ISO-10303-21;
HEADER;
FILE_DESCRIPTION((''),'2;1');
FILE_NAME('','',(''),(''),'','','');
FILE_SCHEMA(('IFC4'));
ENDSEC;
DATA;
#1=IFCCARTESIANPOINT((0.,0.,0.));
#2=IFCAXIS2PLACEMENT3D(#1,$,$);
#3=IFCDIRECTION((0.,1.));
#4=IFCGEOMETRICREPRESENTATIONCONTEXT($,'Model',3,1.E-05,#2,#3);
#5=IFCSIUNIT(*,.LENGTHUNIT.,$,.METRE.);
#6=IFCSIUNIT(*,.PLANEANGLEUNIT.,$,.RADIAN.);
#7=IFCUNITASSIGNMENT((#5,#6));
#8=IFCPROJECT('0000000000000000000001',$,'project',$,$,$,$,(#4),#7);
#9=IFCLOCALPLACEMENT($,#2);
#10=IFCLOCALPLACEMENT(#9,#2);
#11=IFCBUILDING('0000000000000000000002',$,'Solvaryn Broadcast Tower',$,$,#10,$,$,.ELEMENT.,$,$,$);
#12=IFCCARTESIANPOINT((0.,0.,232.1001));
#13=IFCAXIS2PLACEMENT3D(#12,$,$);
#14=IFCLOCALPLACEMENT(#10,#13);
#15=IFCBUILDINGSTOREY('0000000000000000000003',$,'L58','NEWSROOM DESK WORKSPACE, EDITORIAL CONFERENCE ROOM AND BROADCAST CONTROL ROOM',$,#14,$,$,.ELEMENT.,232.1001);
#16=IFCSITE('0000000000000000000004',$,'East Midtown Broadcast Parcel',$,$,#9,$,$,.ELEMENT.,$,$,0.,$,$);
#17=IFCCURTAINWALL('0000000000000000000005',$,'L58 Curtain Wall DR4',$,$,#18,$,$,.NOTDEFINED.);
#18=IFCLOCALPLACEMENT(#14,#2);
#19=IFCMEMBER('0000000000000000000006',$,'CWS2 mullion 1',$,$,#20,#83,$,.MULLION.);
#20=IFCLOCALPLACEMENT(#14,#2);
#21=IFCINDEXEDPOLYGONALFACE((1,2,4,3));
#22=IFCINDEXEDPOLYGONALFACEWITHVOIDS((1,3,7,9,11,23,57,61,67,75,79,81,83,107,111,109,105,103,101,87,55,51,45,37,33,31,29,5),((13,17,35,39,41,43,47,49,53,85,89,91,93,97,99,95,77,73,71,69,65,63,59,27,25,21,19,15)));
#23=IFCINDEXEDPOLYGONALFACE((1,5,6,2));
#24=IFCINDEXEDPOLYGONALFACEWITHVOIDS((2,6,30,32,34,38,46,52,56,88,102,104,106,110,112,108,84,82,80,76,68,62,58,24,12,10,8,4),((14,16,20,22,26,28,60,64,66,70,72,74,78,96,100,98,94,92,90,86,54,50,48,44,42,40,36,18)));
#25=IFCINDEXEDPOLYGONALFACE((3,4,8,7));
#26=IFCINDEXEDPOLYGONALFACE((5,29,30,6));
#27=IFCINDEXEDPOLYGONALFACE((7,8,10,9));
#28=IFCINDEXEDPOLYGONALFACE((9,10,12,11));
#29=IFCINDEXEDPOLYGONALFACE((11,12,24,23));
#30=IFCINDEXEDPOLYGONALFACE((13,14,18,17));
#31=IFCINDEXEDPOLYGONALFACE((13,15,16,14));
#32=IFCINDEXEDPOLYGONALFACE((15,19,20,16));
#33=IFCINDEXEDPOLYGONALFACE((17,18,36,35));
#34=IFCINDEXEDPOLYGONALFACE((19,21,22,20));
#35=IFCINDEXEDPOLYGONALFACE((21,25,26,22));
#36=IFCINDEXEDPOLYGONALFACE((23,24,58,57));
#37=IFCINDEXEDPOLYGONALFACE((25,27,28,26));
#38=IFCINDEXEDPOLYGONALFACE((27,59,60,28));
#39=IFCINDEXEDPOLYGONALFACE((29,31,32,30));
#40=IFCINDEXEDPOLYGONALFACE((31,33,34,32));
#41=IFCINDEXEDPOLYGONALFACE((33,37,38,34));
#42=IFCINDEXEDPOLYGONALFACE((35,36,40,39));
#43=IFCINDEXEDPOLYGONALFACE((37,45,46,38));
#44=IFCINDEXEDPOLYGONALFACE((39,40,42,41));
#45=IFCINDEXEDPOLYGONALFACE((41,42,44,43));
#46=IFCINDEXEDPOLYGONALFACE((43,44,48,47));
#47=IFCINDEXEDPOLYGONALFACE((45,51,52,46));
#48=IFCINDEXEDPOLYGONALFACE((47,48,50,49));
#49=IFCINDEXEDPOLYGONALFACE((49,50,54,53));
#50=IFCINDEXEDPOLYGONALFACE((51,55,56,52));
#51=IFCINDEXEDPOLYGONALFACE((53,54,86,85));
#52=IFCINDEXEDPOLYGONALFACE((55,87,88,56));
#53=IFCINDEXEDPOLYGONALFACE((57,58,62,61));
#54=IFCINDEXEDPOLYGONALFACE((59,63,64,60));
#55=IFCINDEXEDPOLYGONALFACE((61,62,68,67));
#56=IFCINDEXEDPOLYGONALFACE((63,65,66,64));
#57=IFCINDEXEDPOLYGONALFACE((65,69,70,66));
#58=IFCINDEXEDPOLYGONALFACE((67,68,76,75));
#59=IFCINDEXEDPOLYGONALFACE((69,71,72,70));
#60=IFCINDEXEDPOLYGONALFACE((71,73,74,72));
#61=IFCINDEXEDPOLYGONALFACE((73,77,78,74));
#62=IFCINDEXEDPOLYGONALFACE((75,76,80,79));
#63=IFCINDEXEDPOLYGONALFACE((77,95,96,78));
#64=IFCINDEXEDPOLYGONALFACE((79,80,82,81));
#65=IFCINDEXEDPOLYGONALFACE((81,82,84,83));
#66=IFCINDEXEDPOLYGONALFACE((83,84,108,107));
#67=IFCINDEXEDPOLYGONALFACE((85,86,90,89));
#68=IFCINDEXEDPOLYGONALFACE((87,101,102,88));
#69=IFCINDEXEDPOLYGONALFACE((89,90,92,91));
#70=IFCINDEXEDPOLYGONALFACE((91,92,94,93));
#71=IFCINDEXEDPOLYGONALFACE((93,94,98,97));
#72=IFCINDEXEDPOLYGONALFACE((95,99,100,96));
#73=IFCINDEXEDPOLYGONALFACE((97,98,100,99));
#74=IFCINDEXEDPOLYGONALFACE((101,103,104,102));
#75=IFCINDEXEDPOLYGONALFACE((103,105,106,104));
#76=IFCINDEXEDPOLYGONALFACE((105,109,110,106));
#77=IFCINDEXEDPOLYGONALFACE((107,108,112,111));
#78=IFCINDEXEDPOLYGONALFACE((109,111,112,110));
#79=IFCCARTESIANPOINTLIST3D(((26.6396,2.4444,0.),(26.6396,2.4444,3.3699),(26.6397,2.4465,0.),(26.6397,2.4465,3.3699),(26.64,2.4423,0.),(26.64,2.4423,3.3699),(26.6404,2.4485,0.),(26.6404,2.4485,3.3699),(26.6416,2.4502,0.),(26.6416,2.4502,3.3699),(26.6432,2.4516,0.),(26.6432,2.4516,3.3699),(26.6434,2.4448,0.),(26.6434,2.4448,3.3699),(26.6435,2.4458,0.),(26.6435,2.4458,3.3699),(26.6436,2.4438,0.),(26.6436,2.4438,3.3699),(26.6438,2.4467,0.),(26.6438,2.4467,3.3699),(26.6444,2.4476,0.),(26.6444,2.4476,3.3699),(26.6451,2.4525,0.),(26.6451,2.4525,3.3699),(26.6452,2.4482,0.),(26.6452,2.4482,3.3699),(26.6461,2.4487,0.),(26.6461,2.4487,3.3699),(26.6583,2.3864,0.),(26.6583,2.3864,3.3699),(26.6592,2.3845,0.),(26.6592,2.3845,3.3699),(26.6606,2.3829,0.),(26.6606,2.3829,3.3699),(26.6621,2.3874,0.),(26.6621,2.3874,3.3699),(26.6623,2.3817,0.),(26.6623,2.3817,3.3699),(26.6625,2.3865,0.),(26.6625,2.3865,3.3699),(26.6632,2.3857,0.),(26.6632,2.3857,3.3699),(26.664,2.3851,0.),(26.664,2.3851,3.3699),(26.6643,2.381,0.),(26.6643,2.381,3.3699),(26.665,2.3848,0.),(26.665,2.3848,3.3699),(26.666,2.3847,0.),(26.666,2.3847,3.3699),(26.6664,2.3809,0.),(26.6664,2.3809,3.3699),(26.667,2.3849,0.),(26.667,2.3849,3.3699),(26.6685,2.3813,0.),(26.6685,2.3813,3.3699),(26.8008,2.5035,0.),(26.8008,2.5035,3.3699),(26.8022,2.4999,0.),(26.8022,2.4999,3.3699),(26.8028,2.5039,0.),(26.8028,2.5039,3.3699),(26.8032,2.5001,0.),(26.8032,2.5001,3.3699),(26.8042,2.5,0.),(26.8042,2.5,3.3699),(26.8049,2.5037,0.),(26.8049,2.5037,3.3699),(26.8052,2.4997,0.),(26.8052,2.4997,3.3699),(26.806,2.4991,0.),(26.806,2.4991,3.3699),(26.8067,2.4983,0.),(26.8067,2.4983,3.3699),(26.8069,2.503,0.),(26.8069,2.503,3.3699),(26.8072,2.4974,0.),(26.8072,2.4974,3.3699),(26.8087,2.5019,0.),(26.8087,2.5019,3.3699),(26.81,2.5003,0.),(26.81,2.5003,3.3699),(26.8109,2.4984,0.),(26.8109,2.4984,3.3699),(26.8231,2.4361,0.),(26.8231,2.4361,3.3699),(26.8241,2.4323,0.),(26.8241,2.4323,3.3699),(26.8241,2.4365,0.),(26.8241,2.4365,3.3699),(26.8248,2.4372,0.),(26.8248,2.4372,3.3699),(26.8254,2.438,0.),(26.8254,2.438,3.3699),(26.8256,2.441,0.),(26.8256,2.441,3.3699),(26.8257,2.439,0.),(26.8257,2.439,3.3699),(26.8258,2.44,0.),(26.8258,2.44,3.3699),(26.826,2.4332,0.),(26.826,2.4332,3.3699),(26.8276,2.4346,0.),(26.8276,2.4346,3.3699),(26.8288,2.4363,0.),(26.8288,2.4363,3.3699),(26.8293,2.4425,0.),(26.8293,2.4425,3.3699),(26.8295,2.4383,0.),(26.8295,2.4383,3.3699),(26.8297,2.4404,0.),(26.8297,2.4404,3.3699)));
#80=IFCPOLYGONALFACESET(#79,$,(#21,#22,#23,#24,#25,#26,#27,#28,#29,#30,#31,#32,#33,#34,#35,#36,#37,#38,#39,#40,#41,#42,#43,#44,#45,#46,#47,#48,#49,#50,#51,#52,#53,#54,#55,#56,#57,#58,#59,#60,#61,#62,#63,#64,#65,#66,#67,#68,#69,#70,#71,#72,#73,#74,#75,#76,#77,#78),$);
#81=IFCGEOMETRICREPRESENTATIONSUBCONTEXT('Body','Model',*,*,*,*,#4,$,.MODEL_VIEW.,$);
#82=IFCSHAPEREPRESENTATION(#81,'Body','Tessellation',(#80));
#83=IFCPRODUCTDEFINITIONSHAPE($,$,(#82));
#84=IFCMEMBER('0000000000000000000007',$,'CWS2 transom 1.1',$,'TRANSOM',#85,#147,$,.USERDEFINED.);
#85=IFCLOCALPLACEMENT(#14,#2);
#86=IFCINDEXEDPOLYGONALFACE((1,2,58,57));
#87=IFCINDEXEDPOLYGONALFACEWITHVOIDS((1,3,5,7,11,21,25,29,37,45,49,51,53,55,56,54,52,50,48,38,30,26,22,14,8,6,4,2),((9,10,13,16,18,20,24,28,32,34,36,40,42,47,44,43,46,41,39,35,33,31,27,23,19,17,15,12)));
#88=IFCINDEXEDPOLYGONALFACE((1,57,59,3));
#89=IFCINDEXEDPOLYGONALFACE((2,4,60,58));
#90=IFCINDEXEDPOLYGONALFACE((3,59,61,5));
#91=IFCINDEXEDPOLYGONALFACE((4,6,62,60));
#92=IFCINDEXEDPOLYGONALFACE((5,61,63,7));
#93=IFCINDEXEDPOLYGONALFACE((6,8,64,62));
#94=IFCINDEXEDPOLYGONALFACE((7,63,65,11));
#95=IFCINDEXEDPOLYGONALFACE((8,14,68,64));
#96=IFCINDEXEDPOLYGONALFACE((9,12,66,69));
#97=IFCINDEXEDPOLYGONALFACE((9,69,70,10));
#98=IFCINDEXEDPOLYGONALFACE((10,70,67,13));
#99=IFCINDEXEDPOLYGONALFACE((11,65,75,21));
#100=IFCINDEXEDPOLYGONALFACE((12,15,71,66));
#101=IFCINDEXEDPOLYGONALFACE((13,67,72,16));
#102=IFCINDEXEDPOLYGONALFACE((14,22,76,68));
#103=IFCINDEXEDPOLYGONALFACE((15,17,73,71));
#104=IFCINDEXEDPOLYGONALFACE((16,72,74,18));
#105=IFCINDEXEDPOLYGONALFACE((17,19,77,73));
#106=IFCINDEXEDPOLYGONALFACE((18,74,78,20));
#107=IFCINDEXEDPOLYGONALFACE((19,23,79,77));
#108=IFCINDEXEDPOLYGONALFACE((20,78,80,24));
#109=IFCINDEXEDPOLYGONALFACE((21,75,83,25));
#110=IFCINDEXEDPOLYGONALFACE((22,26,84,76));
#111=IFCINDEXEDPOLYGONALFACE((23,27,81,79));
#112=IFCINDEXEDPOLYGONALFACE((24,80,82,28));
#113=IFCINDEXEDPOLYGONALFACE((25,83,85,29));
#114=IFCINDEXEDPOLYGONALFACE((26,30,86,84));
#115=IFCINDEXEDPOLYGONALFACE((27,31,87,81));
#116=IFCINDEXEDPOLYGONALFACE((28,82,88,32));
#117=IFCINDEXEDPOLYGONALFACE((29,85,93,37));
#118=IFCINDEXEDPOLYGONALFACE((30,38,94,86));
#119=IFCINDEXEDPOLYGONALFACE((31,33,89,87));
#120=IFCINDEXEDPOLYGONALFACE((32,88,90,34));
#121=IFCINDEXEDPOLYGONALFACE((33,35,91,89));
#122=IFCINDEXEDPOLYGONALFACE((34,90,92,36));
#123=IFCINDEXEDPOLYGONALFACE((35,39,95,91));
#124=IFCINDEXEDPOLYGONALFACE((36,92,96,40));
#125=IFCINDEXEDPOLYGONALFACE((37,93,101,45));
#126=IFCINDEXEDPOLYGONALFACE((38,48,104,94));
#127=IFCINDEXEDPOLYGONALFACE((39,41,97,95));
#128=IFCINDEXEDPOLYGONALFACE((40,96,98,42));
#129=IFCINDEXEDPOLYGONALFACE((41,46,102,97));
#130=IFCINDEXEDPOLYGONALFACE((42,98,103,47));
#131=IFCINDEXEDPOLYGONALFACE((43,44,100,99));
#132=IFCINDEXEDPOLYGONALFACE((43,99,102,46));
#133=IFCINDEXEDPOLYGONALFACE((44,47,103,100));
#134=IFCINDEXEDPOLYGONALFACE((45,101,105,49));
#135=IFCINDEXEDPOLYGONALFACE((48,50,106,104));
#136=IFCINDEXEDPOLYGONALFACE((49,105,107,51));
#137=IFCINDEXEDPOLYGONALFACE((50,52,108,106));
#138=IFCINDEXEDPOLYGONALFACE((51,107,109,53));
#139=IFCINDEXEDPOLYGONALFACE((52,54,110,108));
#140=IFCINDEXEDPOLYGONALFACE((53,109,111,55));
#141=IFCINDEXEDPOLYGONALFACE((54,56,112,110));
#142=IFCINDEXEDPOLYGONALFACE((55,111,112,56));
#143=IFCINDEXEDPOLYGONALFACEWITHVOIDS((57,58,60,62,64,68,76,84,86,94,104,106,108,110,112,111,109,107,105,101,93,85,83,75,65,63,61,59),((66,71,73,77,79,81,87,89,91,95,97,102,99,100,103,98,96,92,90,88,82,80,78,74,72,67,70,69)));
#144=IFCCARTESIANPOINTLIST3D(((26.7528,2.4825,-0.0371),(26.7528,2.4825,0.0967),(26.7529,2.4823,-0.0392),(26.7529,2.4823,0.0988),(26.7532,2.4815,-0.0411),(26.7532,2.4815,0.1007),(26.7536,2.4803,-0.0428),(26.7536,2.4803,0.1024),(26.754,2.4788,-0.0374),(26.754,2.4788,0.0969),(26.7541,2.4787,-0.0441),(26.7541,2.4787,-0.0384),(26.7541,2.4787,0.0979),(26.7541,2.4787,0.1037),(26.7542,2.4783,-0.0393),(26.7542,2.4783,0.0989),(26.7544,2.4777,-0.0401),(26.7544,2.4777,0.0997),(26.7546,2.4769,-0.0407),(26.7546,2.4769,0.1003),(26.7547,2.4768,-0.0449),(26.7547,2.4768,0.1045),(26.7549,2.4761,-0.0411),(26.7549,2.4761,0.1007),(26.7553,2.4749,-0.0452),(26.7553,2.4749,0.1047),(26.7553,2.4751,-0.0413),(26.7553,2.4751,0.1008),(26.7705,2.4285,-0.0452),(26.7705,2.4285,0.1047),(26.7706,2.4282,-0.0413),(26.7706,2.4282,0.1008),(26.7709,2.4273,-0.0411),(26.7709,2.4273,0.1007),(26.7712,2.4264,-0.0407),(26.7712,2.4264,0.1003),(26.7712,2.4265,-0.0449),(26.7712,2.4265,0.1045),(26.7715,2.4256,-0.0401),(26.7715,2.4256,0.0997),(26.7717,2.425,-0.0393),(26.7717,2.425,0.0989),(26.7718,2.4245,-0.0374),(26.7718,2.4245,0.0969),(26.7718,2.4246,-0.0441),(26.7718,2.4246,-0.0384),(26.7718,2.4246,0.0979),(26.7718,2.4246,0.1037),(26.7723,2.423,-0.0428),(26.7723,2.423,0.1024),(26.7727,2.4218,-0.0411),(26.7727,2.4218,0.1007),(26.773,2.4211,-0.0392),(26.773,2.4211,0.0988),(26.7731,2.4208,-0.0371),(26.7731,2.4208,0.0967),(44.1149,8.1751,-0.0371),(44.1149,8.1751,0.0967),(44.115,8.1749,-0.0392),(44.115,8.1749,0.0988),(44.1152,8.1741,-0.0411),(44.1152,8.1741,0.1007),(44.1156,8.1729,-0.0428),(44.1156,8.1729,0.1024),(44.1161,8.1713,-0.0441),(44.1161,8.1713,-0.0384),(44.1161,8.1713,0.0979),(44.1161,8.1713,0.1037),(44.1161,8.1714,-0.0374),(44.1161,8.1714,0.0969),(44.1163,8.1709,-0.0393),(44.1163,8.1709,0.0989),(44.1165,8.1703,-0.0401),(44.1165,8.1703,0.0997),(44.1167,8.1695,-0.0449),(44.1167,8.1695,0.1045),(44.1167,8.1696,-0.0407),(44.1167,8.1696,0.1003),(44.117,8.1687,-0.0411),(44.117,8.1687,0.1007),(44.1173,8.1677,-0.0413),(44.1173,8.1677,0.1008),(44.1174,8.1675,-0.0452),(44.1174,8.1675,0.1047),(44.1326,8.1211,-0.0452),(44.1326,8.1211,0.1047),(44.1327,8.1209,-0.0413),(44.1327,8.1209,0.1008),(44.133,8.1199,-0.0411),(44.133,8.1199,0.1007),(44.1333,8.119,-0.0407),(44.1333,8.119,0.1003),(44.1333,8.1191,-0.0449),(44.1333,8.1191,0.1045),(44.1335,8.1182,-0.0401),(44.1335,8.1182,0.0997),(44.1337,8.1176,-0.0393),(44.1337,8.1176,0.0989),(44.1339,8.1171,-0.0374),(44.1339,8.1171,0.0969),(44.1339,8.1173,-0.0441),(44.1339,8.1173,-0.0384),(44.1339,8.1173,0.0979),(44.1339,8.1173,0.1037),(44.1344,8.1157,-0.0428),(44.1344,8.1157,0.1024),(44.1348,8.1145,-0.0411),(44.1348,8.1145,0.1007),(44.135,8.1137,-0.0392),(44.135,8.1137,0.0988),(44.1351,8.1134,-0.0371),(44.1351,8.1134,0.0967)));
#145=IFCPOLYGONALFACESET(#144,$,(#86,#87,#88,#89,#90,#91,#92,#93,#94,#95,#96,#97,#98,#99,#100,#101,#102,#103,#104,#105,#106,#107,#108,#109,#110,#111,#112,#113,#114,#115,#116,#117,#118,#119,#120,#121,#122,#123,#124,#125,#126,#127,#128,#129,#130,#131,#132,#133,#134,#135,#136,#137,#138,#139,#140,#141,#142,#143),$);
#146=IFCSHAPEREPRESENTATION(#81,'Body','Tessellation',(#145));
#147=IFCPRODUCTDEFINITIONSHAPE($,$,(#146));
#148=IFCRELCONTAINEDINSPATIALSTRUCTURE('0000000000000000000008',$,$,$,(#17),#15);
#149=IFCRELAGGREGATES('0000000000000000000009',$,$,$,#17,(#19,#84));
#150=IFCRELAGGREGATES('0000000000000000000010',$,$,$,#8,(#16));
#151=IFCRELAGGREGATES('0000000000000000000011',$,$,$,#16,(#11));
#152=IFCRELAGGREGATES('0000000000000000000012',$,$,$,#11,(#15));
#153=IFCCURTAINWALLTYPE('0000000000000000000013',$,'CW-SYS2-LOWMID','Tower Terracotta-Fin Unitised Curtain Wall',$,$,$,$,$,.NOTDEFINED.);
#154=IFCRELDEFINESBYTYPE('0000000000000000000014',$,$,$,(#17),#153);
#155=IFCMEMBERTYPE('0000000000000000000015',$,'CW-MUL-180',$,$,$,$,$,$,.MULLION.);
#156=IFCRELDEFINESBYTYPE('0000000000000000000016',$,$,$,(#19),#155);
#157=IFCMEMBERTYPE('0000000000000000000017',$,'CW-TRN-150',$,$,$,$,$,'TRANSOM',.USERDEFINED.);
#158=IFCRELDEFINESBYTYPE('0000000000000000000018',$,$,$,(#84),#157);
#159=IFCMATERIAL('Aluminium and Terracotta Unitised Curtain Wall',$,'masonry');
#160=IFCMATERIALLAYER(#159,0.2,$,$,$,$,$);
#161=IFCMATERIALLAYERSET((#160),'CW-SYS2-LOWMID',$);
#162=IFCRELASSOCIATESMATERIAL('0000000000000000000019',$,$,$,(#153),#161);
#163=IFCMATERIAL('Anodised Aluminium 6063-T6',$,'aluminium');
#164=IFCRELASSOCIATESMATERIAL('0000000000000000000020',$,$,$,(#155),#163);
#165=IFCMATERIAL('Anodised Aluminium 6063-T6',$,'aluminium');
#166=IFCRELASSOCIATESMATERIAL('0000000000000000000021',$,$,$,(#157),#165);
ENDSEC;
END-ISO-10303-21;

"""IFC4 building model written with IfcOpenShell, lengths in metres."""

from ifc_helpers import new_model, si_unit, direction, frame, origin, origin_2d, place, context, subcontext, project, spatial, hollow_rectangle, extrude, material, layer, layer_set, material_profile, profile_set, type_object, element, aggregate, save


model = new_model("IFC4")

# Units and contexts
model_context = context("Model", 3, precision=1e-05, world=origin(), true_north=direction((0.0, 1.0)))
body_context = subcontext(model_context, "Body", "Model", "MODEL_VIEW")
ifc_project = project(units=[si_unit("LENGTHUNIT", "METRE"), si_unit("PLANEANGLEUNIT", "RADIAN")], contexts=[model_context])

# Site, building, storey
site_placement = place(None, origin())
site = spatial("IfcSite", under=ifc_project, at=site_placement, Name="East Midtown Broadcast Parcel", CompositionType="ELEMENT", RefElevation=0.0)
building_placement = place(site_placement, origin())
building = spatial("IfcBuilding", under=site, at=building_placement, Name="Solvaryn Broadcast Tower", CompositionType="ELEMENT")
storey_placement = place(building_placement, frame((0.0, 0.0, 232.1001)))
storey = spatial("IfcBuildingStorey", under=building, at=storey_placement, Name="L58", Description="NEWSROOM DESK WORKSPACE, EDITORIAL CONFERENCE ROOM AND BROADCAST CONTROL ROOM", CompositionType="ELEMENT", Elevation=232.1001)

# Shared definitions
ifc_material_1 = material(Name="Aluminium and Terracotta Unitised Curtain Wall", Category="masonry")
ifc_layer_1 = layer(ifc_material_1, 0.2)
ifc_layer_set_1 = layer_set([ifc_layer_1], Name="CW-SYS2-LOWMID")
curtain_wall_type = type_object("IfcCurtainWallType", Name="CW-SYS2-LOWMID", Description="Tower Terracotta-Fin Unitised Curtain Wall", PredefinedType="NOTDEFINED", material=ifc_layer_set_1)
ifc_material_2 = material(Name="Anodised Aluminium 6063-T6", Category="aluminium")
ifc_material_profile_1 = material_profile(ifc_material_2, hollow_rectangle(XDim=0.075, YDim=0.1799, WallThickness=0.0039, InnerFilletRadius=0.0039, OuterFilletRadius=0.0081, at=origin_2d()))
ifc_profile_set_1 = profile_set([ifc_material_profile_1], Name="Anodised Aluminium 6063-T6")
member_type_1 = type_object("IfcMemberType", Name="CW-MUL-180", PredefinedType="MULLION", material=ifc_profile_set_1)

# Curtain wall, members
curtain_wall_1_placement = place(storey_placement, origin())
curtain_wall_1 = element("IfcCurtainWall", 1, at=curtain_wall_1_placement, inside=storey, type_object=curtain_wall_type, Name="L58 Curtain Wall DR4", PredefinedType="NOTDEFINED")
member_1_placement = place(storey_placement, frame((26.7346, 2.4424, 0.0), z_axis=(0.0, 0.0, 1.0), x_axis=(-0.311559, 0.950227, 0.0)))
member_1 = element("IfcMember", 2, at=member_1_placement, type_object=member_type_1, Name="CWS2 mullion 1", PredefinedType="MULLION", context=body_context, shape_type="SweptSolid", body=[
    extrude(hollow_rectangle(XDim=0.075, YDim=0.1799, WallThickness=0.0039, InnerFilletRadius=0.0039, OuterFilletRadius=0.0081, at=origin_2d()), origin(), (0.0, 0.0, 1.0), 3.3699),
])
ifc_material_3 = material(Name="Anodised Aluminium 6063-T6", Category="aluminium")
ifc_material_profile_2 = material_profile(ifc_material_3, hollow_rectangle(XDim=0.0649, YDim=0.1499, WallThickness=0.0039, InnerFilletRadius=0.0039, OuterFilletRadius=0.0081, at=origin_2d()))
ifc_profile_set_2 = profile_set([ifc_material_profile_2], Name="Anodised Aluminium 6063-T6")
member_type_2 = type_object("IfcMemberType", Name="CW-TRN-150", ElementType="TRANSOM", PredefinedType="USERDEFINED", material=ifc_profile_set_2)
member_2_placement = place(storey_placement, frame((26.7629, 2.4517, 0.0298), z_axis=(0.950227, 0.311558, 0.0), x_axis=(-0.311558, 0.950227, 0.0)))
member_2 = element("IfcMember", 3, at=member_2_placement, type_object=member_type_2, Name="CWS2 transom 1.1", ObjectType="TRANSOM", PredefinedType="USERDEFINED", context=body_context, shape_type="SweptSolid", body=[
    extrude(hollow_rectangle(XDim=0.0649, YDim=0.1499, WallThickness=0.0039, InnerFilletRadius=0.0039, OuterFilletRadius=0.0081, at=origin_2d()), origin(), (0.0, 0.0, 1.0), 18.2715),
])
aggregate(curtain_wall_1, [member_1, member_2])

save(model, "model.ifc")
